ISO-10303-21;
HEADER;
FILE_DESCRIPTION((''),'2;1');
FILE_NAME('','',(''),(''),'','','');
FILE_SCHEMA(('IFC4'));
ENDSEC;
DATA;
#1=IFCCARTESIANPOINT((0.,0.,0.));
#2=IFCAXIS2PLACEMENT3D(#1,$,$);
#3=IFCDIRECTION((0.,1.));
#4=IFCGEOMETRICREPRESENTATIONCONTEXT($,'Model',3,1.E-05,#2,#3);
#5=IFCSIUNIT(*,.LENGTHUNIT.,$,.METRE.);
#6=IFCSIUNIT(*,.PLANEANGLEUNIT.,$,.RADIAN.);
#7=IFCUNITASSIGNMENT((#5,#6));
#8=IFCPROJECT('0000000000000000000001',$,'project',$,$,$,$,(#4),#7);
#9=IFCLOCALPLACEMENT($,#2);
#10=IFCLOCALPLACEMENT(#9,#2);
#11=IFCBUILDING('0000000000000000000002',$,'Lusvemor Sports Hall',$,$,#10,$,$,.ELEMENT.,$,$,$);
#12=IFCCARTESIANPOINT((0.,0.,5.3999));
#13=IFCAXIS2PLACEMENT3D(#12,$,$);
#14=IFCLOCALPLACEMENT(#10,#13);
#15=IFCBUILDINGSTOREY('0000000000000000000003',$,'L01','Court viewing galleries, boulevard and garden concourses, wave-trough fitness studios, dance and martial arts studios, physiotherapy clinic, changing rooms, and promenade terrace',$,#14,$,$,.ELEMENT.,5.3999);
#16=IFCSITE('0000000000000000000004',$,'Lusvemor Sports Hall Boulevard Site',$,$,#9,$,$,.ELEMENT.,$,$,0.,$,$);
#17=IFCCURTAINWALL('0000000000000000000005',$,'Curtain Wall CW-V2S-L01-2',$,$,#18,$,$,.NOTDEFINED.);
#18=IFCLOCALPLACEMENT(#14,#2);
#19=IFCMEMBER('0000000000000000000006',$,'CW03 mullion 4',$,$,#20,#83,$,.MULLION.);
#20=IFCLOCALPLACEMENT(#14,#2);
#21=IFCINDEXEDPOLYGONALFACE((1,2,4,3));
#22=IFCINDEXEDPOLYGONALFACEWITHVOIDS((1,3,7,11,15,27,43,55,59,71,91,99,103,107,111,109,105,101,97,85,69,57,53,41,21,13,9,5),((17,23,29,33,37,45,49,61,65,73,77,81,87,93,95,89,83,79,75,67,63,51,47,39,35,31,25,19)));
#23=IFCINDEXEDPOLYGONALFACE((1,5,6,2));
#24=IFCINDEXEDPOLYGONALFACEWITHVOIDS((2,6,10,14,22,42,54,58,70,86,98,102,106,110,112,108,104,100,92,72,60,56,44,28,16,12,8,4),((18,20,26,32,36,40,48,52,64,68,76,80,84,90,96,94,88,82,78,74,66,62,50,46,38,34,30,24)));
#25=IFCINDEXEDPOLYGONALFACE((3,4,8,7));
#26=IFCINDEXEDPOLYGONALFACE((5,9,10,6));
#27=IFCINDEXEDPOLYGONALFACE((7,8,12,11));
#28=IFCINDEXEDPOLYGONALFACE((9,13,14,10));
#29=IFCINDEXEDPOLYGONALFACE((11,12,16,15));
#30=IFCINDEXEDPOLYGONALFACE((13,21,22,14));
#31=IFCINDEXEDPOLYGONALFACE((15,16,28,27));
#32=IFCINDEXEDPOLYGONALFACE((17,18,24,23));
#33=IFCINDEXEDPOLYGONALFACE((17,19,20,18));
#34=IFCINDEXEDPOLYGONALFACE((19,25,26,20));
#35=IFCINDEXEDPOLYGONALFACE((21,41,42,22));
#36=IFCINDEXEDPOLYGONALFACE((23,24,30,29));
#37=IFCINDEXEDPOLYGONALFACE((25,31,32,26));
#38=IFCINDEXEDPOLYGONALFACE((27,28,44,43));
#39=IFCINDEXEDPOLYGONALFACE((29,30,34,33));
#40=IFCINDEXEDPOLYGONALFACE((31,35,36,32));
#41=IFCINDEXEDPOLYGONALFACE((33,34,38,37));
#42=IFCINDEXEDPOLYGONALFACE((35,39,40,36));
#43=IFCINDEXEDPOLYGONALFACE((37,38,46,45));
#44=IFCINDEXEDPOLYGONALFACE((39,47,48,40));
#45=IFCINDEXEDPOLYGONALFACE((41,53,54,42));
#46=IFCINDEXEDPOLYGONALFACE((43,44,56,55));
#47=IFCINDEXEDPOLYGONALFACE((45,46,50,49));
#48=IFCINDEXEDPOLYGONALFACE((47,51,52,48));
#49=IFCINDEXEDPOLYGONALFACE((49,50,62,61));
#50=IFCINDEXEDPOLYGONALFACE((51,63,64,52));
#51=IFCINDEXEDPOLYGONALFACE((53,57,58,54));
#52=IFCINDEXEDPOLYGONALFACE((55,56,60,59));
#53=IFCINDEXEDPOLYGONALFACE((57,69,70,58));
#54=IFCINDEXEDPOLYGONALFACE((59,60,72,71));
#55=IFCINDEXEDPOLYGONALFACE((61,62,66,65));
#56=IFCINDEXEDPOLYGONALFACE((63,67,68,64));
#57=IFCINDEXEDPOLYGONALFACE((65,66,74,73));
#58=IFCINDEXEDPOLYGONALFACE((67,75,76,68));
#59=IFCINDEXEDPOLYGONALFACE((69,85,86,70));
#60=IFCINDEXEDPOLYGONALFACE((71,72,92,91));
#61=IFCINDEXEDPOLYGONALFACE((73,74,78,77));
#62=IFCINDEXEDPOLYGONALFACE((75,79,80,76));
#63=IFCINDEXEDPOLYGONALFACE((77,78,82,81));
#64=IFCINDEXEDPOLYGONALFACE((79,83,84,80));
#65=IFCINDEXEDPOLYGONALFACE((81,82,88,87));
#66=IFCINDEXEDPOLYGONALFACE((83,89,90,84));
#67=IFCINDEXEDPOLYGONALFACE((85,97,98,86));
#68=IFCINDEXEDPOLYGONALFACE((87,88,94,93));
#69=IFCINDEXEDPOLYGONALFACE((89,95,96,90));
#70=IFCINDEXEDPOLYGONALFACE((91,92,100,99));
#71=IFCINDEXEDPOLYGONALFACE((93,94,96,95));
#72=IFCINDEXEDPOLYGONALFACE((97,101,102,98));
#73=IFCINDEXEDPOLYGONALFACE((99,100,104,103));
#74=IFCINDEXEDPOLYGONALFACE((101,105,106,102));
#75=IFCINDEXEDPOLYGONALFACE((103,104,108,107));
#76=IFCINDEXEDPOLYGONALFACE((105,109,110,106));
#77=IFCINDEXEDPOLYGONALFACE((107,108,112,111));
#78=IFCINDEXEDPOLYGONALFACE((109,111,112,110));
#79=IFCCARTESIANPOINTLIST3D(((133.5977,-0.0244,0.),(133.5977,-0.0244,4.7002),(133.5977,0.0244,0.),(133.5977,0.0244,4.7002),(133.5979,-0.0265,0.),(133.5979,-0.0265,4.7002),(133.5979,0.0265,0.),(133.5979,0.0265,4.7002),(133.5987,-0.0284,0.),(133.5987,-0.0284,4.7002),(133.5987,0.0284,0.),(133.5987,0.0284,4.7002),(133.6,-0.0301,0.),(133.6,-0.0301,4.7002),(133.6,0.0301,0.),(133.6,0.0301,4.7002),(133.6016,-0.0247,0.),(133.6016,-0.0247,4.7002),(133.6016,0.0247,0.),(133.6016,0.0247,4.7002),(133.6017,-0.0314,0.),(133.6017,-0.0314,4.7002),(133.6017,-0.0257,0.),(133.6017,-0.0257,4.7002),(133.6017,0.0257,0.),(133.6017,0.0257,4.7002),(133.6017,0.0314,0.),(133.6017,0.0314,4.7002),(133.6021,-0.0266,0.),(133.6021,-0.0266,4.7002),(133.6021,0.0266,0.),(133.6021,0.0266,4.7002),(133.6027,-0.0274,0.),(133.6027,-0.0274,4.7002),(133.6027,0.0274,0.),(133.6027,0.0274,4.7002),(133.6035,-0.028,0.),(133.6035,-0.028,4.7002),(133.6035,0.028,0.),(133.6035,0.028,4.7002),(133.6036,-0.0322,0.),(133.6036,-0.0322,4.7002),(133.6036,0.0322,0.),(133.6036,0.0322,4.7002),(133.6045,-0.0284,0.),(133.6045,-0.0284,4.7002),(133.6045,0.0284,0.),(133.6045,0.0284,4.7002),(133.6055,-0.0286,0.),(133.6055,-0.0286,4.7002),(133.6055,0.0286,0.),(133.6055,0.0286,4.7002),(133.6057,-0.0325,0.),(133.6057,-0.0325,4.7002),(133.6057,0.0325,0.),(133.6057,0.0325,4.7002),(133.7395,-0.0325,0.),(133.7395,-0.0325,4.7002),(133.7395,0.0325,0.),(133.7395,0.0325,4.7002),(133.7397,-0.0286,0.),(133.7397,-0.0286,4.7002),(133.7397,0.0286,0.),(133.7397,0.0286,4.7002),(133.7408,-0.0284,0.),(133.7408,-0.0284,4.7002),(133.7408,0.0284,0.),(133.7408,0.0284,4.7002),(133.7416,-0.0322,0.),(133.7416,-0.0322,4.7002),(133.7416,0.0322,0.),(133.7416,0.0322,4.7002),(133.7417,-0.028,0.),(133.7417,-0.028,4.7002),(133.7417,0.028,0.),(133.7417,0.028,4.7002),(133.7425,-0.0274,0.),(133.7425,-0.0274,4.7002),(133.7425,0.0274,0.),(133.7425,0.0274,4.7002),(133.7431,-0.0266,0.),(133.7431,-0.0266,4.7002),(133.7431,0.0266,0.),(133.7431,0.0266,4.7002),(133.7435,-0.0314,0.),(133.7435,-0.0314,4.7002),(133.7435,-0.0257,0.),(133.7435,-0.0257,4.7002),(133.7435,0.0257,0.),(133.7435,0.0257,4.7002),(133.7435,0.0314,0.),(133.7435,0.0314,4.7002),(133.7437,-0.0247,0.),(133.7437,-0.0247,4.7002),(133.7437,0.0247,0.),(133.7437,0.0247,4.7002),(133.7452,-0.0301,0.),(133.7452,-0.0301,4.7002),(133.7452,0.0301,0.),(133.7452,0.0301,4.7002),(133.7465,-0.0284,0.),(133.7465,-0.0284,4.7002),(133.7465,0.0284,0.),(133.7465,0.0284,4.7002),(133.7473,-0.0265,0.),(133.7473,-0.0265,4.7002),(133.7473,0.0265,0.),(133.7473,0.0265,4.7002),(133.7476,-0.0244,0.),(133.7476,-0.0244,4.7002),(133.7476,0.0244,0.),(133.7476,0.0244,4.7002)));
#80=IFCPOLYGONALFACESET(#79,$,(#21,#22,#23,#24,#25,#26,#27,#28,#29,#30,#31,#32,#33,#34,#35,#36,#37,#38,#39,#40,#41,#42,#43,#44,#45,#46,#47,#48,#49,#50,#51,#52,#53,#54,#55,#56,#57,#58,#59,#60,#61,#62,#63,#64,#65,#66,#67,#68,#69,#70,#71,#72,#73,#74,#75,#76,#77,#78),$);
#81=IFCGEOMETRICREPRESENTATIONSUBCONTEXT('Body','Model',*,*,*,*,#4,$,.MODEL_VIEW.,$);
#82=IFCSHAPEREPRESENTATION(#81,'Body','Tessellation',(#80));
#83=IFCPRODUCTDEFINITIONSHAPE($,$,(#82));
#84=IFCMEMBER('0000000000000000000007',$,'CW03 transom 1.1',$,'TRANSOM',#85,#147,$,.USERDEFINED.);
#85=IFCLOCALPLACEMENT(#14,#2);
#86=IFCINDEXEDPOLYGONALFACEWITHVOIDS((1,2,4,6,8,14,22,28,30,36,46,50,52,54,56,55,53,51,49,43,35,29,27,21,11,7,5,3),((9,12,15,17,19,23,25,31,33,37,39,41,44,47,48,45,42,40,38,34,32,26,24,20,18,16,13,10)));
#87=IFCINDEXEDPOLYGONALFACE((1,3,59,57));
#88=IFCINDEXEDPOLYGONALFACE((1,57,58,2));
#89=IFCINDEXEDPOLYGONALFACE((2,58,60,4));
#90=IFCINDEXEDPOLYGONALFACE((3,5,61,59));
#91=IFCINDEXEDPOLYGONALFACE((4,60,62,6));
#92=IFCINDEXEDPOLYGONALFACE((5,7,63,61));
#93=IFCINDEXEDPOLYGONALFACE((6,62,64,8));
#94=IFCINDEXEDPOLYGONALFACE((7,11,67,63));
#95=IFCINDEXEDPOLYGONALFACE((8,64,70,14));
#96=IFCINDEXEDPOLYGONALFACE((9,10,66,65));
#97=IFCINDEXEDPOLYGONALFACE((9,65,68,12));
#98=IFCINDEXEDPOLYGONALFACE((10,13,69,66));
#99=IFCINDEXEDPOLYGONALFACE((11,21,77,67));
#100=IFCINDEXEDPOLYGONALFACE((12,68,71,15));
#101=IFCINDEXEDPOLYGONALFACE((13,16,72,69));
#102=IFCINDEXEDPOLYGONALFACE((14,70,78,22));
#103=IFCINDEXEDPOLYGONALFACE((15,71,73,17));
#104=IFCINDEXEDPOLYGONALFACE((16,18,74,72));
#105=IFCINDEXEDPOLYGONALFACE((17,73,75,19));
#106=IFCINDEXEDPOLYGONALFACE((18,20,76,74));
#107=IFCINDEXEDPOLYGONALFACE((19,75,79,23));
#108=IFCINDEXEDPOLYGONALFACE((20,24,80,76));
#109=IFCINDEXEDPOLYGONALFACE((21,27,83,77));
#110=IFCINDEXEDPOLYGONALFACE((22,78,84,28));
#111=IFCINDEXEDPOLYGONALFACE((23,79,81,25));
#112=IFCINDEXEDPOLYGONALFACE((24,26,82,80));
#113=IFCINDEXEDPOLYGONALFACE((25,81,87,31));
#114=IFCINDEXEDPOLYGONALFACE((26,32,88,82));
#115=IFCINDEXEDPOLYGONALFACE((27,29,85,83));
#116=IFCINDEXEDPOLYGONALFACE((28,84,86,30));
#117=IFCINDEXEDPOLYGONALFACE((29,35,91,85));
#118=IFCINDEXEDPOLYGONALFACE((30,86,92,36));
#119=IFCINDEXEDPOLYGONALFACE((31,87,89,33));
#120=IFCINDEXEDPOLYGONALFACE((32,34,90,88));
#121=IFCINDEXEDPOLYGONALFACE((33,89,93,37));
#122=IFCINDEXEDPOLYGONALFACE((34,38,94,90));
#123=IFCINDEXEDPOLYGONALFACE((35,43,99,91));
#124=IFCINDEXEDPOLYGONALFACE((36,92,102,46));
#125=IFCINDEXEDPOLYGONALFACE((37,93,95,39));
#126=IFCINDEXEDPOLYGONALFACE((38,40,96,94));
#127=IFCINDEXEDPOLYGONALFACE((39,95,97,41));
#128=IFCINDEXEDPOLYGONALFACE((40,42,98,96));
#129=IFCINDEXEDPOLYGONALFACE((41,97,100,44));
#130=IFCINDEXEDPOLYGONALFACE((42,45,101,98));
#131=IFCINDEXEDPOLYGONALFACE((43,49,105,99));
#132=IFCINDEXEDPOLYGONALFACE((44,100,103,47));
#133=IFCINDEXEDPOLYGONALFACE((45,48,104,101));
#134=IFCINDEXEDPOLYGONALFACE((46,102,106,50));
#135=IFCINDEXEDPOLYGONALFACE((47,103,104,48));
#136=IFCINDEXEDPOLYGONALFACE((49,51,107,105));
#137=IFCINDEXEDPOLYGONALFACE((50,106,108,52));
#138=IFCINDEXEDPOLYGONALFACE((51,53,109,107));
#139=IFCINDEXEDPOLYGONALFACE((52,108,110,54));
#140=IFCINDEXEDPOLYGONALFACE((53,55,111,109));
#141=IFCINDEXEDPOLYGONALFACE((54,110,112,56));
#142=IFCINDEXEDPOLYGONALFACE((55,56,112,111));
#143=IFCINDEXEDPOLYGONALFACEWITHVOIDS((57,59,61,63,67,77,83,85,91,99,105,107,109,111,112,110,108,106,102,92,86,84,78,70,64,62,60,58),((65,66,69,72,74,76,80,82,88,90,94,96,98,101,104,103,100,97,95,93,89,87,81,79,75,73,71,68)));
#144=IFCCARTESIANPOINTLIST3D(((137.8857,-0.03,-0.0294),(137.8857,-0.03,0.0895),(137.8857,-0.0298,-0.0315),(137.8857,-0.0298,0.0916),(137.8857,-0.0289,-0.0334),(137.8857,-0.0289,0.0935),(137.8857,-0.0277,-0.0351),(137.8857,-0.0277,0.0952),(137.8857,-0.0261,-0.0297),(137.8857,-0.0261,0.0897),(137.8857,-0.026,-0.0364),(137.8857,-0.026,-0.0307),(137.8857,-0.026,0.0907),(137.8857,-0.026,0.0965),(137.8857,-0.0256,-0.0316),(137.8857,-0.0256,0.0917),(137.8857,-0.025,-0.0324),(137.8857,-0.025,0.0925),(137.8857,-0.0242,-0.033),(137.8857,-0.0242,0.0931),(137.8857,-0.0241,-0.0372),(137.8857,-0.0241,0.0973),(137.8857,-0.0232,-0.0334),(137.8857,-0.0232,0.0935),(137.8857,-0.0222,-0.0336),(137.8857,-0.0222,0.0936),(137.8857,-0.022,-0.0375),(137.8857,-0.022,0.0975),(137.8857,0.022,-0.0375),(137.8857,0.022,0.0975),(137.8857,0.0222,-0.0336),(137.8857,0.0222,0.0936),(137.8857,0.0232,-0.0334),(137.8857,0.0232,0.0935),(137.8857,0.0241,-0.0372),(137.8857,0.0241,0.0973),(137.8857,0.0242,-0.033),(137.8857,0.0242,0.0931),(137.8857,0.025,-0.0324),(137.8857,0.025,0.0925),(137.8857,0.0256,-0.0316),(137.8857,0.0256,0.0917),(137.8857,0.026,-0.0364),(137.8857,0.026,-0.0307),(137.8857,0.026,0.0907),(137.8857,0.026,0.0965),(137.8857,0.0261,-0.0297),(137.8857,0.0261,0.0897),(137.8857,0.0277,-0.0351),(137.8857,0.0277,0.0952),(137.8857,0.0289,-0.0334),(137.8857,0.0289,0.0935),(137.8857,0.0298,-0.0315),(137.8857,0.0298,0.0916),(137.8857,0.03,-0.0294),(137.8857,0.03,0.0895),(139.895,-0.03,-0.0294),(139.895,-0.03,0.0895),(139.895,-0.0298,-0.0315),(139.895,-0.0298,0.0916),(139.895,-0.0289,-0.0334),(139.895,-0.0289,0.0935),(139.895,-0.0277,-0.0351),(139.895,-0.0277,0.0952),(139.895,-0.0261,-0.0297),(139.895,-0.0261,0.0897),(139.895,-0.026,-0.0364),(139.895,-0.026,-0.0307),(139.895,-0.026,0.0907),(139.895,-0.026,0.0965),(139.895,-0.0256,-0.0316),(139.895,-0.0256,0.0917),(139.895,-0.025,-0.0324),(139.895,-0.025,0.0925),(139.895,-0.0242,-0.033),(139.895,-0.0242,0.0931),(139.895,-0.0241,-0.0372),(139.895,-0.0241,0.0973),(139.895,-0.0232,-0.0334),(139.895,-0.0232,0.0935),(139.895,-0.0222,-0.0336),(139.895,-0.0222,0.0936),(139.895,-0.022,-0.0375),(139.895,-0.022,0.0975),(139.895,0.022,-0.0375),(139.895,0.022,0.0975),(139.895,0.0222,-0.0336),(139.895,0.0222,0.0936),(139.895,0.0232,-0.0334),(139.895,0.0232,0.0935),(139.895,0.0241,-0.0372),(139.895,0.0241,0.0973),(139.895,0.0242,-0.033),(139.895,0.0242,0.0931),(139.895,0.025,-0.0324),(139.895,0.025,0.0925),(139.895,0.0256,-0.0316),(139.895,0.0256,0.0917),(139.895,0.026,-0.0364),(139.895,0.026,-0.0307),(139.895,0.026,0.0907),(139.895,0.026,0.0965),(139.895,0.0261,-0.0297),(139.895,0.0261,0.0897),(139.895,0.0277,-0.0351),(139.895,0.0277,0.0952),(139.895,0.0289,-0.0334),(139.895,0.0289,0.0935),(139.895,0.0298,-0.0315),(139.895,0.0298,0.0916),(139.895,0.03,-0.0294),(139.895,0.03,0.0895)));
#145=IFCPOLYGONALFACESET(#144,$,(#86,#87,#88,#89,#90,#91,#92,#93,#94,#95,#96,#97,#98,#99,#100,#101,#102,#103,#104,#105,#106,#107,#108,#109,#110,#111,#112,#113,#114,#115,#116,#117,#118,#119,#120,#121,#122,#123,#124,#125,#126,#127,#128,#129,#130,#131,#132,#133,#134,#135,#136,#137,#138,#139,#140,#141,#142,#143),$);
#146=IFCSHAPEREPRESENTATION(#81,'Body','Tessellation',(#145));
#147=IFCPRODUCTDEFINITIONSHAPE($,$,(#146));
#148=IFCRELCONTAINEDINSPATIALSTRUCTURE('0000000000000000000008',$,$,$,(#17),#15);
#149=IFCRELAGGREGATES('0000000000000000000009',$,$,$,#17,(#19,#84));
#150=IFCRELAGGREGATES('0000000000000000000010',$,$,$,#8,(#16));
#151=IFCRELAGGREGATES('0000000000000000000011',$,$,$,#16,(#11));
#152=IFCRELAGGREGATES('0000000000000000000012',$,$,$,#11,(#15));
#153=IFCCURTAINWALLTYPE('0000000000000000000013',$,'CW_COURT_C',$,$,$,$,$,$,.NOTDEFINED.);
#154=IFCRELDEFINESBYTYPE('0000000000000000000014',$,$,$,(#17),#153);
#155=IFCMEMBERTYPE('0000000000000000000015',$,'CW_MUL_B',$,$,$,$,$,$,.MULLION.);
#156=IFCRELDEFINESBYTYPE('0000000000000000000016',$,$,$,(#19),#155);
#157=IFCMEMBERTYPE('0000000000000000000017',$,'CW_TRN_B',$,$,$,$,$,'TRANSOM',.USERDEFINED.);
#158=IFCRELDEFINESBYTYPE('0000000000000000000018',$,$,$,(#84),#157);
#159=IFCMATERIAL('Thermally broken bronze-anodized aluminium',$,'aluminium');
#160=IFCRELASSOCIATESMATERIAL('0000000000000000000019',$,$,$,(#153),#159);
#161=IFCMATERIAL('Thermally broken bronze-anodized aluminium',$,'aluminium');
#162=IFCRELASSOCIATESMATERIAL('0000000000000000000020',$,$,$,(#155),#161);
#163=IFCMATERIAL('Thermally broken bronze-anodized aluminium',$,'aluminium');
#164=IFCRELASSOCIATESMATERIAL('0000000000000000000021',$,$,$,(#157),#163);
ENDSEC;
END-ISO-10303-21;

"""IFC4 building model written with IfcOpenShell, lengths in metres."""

from ifc_helpers import new_model, si_unit, direction, frame, origin, origin_2d, place, context, subcontext, project, spatial, hollow_rectangle, extrude, material, material_profile, profile_set, type_object, element, aggregate, save


model = new_model("IFC4")

# Units and contexts
model_context = context("Model", 3, precision=1e-05, world=origin(), true_north=direction((0.0, 1.0)))
body_context = subcontext(model_context, "Body", "Model", "MODEL_VIEW")
ifc_project = project(units=[si_unit("LENGTHUNIT", "METRE"), si_unit("PLANEANGLEUNIT", "RADIAN")], contexts=[model_context])

# Site, building, storey
site_placement = place(None, origin())
site = spatial("IfcSite", under=ifc_project, at=site_placement, Name="Lusvemor Sports Hall Boulevard Site", CompositionType="ELEMENT", RefElevation=0.0)
building_placement = place(site_placement, origin())
building = spatial("IfcBuilding", under=site, at=building_placement, Name="Lusvemor Sports Hall", CompositionType="ELEMENT")
storey_placement = place(building_placement, frame((0.0, 0.0, 5.3999)))
storey = spatial("IfcBuildingStorey", under=building, at=storey_placement, Name="L01", Description="Court viewing galleries, boulevard and garden concourses, wave-trough fitness studios, dance and martial arts studios, physiotherapy clinic, changing rooms, and promenade terrace", CompositionType="ELEMENT", Elevation=5.3999)

# Curtain wall, members
ifc_material_1 = material(Name="Thermally broken bronze-anodized aluminium", Category="aluminium")
curtain_wall_type = type_object("IfcCurtainWallType", Name="CW_COURT_C", PredefinedType="NOTDEFINED", material=ifc_material_1)
curtain_wall_placement = place(storey_placement, origin())
curtain_wall = element("IfcCurtainWall", 1, at=curtain_wall_placement, inside=storey, type_object=curtain_wall_type, Name="Curtain Wall CW-V2S-L01-2", PredefinedType="NOTDEFINED")
ifc_material_2 = material(Name="Thermally broken bronze-anodized aluminium", Category="aluminium")
ifc_material_profile_1 = material_profile(ifc_material_2, hollow_rectangle(XDim=0.0649, YDim=0.1499, WallThickness=0.0039, InnerFilletRadius=0.0039, OuterFilletRadius=0.0081, at=origin_2d()), Name="CWMUL150x65x4")
ifc_profile_set_1 = profile_set([ifc_material_profile_1], Name="Thermally broken bronze-anodized aluminium")
member_type_1 = type_object("IfcMemberType", Name="CW_MUL_B", PredefinedType="MULLION", material=ifc_profile_set_1)
member_1_placement = place(storey_placement, frame((133.6726, 0.0, 0.0), z_axis=(0.0, 0.0, 1.0), x_axis=(0.0, -1.0, 0.0)))
member_1 = element("IfcMember", 2, at=member_1_placement, type_object=member_type_1, Name="CW03 mullion 4", PredefinedType="MULLION", context=body_context, shape_type="SweptSolid", body=[
    extrude(hollow_rectangle(XDim=0.0649, YDim=0.1499, WallThickness=0.0039, InnerFilletRadius=0.0039, OuterFilletRadius=0.0081, at=origin_2d()), origin(), (0.0, 0.0, 1.0), 4.7002),
])
ifc_material_3 = material(Name="Thermally broken bronze-anodized aluminium", Category="aluminium")
ifc_material_profile_2 = material_profile(ifc_material_3, hollow_rectangle(XDim=0.0601, YDim=0.135, WallThickness=0.0039, InnerFilletRadius=0.0039, OuterFilletRadius=0.0081, at=origin_2d()), Name="CWTRN135x60x4")
ifc_profile_set_2 = profile_set([ifc_material_profile_2], Name="Thermally broken bronze-anodized aluminium")
member_type_2 = type_object("IfcMemberType", Name="CW_TRN_B", ElementType="TRANSOM", PredefinedType="USERDEFINED", material=ifc_profile_set_2)
member_2_placement = place(storey_placement, frame((139.895, 0.0, 0.03), z_axis=(-1.0, 0.0, 0.0), x_axis=(0.0, -1.0, 0.0)))
member_2 = element("IfcMember", 3, at=member_2_placement, type_object=member_type_2, Name="CW03 transom 1.1", ObjectType="TRANSOM", PredefinedType="USERDEFINED", context=body_context, shape_type="SweptSolid", body=[
    extrude(hollow_rectangle(XDim=0.0601, YDim=0.135, WallThickness=0.0039, InnerFilletRadius=0.0039, OuterFilletRadius=0.0081, at=origin_2d()), origin(), (0.0, 0.0, 1.0), 2.0093),
])

aggregate(curtain_wall, [member_1, member_2])

save(model, "model.ifc")
